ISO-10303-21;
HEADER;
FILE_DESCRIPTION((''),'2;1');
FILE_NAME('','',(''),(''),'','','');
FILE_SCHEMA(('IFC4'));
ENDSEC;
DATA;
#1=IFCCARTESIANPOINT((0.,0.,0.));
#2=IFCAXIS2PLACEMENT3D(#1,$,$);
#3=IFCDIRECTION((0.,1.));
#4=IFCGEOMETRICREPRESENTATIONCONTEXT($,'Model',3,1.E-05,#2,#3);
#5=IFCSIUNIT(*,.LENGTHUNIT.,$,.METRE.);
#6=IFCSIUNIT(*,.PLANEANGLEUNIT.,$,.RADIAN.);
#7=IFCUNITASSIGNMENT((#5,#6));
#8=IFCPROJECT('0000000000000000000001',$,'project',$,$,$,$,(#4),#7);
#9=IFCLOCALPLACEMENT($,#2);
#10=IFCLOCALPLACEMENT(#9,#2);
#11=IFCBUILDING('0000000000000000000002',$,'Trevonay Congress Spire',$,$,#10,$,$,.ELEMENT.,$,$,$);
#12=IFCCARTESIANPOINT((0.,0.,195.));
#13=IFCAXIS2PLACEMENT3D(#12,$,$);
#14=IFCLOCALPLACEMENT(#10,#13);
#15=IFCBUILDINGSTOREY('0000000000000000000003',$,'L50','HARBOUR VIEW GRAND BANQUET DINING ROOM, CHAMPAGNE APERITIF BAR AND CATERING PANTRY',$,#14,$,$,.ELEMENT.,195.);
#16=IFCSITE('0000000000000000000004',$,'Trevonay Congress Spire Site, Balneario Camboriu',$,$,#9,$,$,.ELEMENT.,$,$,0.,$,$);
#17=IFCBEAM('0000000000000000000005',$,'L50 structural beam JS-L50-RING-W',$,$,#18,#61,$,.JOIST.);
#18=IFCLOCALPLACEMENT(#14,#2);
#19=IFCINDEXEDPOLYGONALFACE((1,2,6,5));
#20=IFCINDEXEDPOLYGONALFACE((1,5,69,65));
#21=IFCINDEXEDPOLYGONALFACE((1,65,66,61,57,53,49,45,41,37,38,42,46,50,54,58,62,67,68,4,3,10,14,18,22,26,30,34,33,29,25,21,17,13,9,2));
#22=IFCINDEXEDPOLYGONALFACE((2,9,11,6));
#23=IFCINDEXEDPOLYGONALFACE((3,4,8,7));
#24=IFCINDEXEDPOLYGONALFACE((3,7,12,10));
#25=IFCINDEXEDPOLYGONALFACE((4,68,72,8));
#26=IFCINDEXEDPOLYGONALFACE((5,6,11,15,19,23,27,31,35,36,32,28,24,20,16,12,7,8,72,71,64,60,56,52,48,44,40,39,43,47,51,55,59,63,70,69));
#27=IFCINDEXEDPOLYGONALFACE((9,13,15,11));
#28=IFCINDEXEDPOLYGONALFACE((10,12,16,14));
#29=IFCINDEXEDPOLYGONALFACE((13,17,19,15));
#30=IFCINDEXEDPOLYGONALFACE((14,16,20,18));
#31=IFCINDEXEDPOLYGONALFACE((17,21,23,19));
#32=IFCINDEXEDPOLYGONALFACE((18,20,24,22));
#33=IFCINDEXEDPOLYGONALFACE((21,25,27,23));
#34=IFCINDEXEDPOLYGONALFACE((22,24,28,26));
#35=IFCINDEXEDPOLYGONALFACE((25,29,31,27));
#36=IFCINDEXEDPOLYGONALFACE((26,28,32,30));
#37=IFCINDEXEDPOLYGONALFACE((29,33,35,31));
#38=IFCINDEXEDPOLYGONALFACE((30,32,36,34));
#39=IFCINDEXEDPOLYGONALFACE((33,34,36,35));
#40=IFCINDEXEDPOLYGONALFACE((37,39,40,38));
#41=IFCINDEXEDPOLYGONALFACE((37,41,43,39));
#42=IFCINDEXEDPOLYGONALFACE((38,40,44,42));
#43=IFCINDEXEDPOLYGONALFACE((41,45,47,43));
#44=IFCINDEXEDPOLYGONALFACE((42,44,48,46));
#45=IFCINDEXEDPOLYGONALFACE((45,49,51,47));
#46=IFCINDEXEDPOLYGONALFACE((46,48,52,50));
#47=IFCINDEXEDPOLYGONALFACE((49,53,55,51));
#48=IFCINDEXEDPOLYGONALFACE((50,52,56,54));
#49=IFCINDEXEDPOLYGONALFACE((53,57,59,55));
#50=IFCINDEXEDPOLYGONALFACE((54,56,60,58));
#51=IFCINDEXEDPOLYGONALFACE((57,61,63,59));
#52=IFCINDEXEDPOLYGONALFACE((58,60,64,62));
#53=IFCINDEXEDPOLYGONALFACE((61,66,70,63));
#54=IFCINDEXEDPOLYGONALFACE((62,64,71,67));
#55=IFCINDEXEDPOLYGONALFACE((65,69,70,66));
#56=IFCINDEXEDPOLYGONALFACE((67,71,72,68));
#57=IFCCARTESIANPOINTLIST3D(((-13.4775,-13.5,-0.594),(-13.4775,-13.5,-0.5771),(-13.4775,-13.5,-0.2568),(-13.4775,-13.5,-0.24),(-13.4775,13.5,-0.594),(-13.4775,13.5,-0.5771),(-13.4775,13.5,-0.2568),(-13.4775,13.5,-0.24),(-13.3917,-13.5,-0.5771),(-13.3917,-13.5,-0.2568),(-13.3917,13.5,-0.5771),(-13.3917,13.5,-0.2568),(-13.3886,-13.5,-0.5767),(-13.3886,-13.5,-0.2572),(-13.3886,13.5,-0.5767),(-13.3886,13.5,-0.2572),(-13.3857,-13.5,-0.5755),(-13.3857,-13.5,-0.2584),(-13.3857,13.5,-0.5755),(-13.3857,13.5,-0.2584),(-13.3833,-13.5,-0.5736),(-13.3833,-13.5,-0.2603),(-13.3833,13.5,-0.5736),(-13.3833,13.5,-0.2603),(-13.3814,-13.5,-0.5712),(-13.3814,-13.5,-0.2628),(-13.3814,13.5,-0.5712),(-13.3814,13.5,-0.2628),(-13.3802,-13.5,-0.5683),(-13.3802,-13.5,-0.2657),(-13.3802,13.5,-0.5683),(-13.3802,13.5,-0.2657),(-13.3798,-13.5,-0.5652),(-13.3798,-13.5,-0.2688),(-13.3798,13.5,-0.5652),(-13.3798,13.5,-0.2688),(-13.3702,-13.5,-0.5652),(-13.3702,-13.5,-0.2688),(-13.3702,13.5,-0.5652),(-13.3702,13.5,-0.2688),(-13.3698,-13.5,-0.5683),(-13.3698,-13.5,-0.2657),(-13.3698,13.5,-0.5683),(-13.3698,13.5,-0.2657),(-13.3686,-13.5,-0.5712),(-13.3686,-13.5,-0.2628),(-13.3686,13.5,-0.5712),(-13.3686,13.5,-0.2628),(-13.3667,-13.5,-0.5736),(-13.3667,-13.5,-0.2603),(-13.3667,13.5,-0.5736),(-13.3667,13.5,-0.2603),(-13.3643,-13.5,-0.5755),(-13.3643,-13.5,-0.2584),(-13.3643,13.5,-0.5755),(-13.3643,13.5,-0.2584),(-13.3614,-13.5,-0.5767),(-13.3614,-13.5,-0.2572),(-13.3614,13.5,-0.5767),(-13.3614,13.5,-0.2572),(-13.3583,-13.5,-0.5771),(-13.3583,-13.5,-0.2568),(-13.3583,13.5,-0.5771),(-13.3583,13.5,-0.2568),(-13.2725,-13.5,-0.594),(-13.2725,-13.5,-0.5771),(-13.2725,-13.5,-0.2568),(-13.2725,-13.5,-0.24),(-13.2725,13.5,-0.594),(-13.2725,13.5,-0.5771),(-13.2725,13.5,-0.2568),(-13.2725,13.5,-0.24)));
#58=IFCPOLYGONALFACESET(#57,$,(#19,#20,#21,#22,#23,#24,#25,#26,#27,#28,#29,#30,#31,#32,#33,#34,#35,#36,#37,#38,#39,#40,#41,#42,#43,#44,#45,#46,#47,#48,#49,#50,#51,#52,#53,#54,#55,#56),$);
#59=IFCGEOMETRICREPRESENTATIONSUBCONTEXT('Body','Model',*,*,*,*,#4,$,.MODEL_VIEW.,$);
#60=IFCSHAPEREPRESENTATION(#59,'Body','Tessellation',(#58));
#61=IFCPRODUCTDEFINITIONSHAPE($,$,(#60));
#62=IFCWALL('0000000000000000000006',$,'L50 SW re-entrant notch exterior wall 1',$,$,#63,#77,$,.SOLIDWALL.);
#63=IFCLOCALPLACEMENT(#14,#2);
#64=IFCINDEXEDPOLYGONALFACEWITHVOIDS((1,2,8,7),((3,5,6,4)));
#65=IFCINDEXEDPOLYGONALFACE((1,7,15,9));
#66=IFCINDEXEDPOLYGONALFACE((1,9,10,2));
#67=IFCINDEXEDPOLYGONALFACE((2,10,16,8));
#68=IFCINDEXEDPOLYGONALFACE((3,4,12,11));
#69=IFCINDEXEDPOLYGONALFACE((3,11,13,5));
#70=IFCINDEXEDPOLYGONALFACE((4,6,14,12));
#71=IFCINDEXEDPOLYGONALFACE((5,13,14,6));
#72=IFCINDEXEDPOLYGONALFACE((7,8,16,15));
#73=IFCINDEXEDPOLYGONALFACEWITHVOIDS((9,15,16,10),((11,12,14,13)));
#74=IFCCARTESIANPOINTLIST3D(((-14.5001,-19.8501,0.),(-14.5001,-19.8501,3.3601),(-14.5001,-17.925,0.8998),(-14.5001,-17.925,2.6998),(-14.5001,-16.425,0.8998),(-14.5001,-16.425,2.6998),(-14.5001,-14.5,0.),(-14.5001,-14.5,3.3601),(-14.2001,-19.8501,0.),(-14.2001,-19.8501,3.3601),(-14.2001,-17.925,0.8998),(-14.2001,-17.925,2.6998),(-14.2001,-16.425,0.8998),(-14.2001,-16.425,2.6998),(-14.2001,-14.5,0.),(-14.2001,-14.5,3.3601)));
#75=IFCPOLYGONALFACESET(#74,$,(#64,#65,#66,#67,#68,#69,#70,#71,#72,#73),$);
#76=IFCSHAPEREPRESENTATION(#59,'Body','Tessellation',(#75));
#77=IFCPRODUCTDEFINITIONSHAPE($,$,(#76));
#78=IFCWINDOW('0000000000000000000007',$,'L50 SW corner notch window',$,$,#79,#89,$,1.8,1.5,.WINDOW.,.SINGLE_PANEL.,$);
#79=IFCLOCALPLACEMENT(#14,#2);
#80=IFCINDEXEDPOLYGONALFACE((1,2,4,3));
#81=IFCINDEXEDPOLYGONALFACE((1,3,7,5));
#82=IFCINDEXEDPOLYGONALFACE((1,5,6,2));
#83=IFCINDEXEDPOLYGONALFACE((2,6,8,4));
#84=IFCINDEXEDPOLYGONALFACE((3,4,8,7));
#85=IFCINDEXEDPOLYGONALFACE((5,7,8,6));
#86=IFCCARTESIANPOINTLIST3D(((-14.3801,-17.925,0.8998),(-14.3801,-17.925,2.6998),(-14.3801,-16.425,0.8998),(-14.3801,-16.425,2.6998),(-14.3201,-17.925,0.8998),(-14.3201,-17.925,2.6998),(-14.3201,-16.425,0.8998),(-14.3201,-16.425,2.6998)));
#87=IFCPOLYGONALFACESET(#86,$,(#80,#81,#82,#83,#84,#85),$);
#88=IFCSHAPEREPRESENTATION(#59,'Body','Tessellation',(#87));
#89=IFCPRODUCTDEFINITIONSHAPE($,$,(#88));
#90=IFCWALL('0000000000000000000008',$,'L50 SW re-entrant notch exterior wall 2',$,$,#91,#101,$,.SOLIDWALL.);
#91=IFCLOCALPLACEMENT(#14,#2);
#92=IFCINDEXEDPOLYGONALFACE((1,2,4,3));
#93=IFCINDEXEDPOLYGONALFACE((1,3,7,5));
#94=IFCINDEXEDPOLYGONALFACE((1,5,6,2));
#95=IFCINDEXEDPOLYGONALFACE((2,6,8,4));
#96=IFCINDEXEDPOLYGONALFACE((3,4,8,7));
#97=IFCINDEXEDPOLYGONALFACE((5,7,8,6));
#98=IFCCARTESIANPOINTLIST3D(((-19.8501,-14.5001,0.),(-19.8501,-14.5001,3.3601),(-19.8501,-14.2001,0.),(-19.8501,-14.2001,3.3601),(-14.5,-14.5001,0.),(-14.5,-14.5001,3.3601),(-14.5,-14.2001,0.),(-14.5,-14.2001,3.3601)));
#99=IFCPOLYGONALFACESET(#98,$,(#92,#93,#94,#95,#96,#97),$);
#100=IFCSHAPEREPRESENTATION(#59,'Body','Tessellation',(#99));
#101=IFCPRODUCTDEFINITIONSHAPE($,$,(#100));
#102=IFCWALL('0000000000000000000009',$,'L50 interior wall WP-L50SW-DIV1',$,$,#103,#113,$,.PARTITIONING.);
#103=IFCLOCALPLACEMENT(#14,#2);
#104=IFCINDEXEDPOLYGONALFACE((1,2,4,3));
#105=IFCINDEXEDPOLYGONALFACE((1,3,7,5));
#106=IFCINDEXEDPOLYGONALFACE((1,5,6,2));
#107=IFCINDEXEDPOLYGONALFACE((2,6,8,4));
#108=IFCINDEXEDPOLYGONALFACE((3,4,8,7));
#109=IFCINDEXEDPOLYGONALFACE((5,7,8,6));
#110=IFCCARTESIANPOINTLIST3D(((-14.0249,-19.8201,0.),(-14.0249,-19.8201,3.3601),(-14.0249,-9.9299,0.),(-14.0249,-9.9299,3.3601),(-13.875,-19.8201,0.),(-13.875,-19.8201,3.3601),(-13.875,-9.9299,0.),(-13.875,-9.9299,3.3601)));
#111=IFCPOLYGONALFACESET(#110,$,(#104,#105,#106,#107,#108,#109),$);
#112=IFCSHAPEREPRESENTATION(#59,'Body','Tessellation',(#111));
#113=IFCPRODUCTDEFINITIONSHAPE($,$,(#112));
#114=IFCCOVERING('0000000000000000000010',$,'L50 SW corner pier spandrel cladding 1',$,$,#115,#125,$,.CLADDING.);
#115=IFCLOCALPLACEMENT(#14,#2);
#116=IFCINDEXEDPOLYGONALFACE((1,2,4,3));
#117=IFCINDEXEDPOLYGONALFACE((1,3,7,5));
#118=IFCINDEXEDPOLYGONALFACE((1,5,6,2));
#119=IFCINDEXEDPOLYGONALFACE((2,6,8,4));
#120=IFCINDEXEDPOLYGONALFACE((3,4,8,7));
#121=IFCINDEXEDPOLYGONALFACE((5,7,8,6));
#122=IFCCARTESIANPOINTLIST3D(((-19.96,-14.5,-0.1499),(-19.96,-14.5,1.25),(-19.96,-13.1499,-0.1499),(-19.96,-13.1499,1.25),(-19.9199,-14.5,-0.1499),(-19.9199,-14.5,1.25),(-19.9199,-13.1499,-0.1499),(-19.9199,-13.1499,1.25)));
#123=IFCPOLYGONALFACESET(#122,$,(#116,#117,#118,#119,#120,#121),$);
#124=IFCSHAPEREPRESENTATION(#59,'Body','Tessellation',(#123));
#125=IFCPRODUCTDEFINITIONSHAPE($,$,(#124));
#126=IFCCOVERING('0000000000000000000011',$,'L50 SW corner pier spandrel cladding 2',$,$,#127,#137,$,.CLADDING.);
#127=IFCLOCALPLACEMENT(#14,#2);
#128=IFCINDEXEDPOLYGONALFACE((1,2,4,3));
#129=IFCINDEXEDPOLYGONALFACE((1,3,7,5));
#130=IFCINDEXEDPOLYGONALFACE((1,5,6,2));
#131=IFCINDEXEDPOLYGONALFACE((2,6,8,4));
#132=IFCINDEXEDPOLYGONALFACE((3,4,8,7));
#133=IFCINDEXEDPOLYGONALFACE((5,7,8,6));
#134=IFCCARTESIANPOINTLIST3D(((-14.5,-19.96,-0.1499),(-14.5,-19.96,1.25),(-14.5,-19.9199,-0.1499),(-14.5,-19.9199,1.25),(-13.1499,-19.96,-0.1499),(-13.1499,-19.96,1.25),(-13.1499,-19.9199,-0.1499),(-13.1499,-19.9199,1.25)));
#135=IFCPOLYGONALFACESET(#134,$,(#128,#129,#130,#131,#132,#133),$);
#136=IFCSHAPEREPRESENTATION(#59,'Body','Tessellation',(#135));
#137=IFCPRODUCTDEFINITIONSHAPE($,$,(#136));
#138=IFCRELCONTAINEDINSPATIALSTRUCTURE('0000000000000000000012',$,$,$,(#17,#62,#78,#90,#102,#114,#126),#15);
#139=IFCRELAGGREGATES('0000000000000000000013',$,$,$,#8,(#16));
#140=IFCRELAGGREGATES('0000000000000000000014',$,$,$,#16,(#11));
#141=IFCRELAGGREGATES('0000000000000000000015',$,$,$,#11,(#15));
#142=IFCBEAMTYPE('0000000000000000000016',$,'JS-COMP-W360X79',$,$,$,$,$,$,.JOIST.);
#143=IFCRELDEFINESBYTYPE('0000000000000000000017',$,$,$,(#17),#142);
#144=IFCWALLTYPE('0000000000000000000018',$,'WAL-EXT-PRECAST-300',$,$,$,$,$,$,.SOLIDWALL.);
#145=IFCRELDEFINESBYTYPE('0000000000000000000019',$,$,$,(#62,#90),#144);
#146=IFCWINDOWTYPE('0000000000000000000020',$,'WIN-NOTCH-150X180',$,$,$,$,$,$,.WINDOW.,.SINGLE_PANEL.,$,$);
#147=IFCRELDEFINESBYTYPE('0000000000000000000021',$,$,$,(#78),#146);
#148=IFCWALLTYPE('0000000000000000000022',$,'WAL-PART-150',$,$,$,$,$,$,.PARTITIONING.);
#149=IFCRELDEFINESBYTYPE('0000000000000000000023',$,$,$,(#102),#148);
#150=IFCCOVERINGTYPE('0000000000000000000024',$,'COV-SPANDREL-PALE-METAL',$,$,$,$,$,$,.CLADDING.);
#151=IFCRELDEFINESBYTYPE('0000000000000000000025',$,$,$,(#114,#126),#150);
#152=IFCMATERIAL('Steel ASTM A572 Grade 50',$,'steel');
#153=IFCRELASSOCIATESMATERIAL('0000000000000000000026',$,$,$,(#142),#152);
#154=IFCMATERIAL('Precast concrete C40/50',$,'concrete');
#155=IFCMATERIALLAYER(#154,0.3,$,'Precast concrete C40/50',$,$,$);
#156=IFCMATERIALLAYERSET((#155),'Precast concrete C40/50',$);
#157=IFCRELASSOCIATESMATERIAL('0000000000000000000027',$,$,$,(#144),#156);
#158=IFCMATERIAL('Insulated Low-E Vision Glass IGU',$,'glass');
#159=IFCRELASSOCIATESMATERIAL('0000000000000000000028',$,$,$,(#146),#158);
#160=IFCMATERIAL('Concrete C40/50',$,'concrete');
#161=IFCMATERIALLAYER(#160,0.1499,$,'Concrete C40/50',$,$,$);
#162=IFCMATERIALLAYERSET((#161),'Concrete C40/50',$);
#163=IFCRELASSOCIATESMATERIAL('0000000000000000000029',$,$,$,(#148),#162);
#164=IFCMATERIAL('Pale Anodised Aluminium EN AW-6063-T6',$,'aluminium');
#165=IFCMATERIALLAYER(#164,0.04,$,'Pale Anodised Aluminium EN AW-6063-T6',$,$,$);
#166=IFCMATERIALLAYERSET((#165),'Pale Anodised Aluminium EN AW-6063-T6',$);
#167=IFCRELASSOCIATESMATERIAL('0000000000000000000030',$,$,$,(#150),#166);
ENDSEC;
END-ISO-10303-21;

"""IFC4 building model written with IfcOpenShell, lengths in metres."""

from ifc_helpers import new_model, si_unit, direction, frame, frame_2d, origin, origin_2d, place, context, subcontext, project, spatial, rectangle, i_section, extrude, material, layer, layer_set, material_profile, profile_set, type_object, element, fill, save


model = new_model("IFC4")

# Units and contexts
model_context = context("Model", 3, precision=1e-05, world=origin(), true_north=direction((0.0, 1.0)))
body_context = subcontext(model_context, "Body", "Model", "MODEL_VIEW")
ifc_project = project(units=[si_unit("LENGTHUNIT", "METRE"), si_unit("PLANEANGLEUNIT", "RADIAN")], contexts=[model_context])

# Site, building, storey
site_placement = place(None, origin())
site = spatial("IfcSite", under=ifc_project, at=site_placement, Name="Trevonay Congress Spire Site, Balneario Camboriu", CompositionType="ELEMENT", RefElevation=0.0)
building_placement = place(site_placement, origin())
building = spatial("IfcBuilding", under=site, at=building_placement, Name="Trevonay Congress Spire", CompositionType="ELEMENT")
storey_placement = place(building_placement, frame((0.0, 0.0, 195.0)))
storey = spatial("IfcBuildingStorey", under=building, at=storey_placement, Name="L50", Description="HARBOUR VIEW GRAND BANQUET DINING ROOM, CHAMPAGNE APERITIF BAR AND CATERING PANTRY", CompositionType="ELEMENT", Elevation=195.0)

# Shared definitions
ifc_material_1 = material(Name="Steel ASTM A572 Grade 50", Category="steel")

# Shared definitions
ifc_material_2 = material(Name="Pale Anodised Aluminium EN AW-6063-T6", Category="aluminium")

# Beam
ifc_material_profile_1 = material_profile(ifc_material_1, i_section(OverallWidth=0.2051, OverallDepth=0.354, WebThickness=0.0095, FlangeThickness=0.0168, FilletRadius=0.012, at=origin_2d()), Name="W360x79")
ifc_profile_set_1 = profile_set([ifc_material_profile_1], Name="Steel ASTM A572 Grade 50")
beam_type_1 = type_object("IfcBeamType", Name="JS-COMP-W360X79", PredefinedType="JOIST", material=ifc_profile_set_1)
for number, where, z_axis, x_axis, name in (
    (1, (-13.375, -13.5, -0.417), (0.0, 1.0, 0.0), (-1.0, 0.0, 0.0), "L50 structural beam JS-L50-RING-W"),
):
    element("IfcBeam", number, at=place(storey_placement, frame(where, z_axis=z_axis, x_axis=x_axis)), inside=storey, type_object=beam_type_1, Name=name, PredefinedType="JOIST", context=body_context, shape_type="SweptSolid", body=[
        extrude(i_section(OverallWidth=0.2051, OverallDepth=0.354, WebThickness=0.0095, FlangeThickness=0.0168, FilletRadius=0.012, at=origin_2d()), origin(), (0.0, 0.0, 1.0), 27.0),
    ])

# Wall, opening, window
ifc_material_3 = material(Name="Precast concrete C40/50", Category="concrete")
ifc_layer_1 = layer(ifc_material_3, 0.3, Name="Precast concrete C40/50")
ifc_layer_set_1 = layer_set([ifc_layer_1], Name="Precast concrete C40/50")
wall_type_1 = type_object("IfcWallType", Name="WAL-EXT-PRECAST-300", PredefinedType="SOLIDWALL", material=ifc_layer_set_1)
wall_1_placement = place(storey_placement, frame((-14.3501, -19.8501, 0.0), z_axis=(0.0, 0.0, 1.0), x_axis=(0.0, 1.0, 0.0)))
wall_1 = element("IfcWall", 2, at=wall_1_placement, inside=storey, type_object=wall_type_1, Name="L50 SW re-entrant notch exterior wall 1", PredefinedType="SOLIDWALL", context=body_context, shape_type="SweptSolid", body=[
    extrude(rectangle(XDim=5.3501, YDim=0.3, at=frame_2d((2.675, 0.0))), origin(), (0.0, 0.0, 1.0), 3.3601),
])
opening_placement = place(wall_1_placement, frame((1.925, 0.0, 0.8999)))
opening = element("IfcOpeningElement", 3, at=opening_placement, cuts=wall_1, PredefinedType="OPENING", context=body_context, shape_type="SweptSolid", body=[
    extrude(rectangle(XDim=1.5, YDim=1.8, at=frame_2d((0.75, 0.8999))), frame((0.0, 0.1602, 0.0), z_axis=(0.0, -1.0, 0.0), x_axis=(1.0, 0.0, 0.0)), (0.0, 0.0, 1.0), 0.3201),
])
ifc_material_4 = material(Name="Insulated Low-E Vision Glass IGU", Category="glass")
window_type = type_object("IfcWindowType", Name="WIN-NOTCH-150X180", PartitioningType="SINGLE_PANEL", PredefinedType="WINDOW", material=ifc_material_4)
window_placement = place(opening_placement, origin())
window = element("IfcWindow", 4, at=window_placement, inside=storey, type_object=window_type, Name="L50 SW corner notch window", OverallHeight=1.8, OverallWidth=1.5, PartitioningType="SINGLE_PANEL", PredefinedType="WINDOW", context=body_context, shape_type="SweptSolid", body=[
    extrude(rectangle(XDim=1.5, YDim=1.8, at=frame_2d((0.75, 0.8999))), frame((0.0, 0.03, 0.0), z_axis=(0.0, -1.0, 0.0), x_axis=(1.0, 0.0, 0.0)), (0.0, 0.0, 1.0), 0.0601),
])
fill(opening, window)

# Walls
wall_2_placement = place(storey_placement, frame((-19.8501, -14.3501, 0.0), z_axis=(0.0, 0.0, 1.0), x_axis=(1.0, 0.0, 0.0)))
element("IfcWall", 5, at=wall_2_placement, inside=storey, type_object=wall_type_1, Name="L50 SW re-entrant notch exterior wall 2", PredefinedType="SOLIDWALL", context=body_context, shape_type="SweptSolid", body=[
    extrude(rectangle(XDim=5.3501, YDim=0.3, at=frame_2d((2.675, 0.0))), origin(), (0.0, 0.0, 1.0), 3.3601),
])
ifc_material_5 = material(Name="Concrete C40/50", Category="concrete")
ifc_layer_2 = layer(ifc_material_5, 0.1499, Name="Concrete C40/50")
ifc_layer_set_2 = layer_set([ifc_layer_2], Name="Concrete C40/50")
wall_type_2 = type_object("IfcWallType", Name="WAL-PART-150", PredefinedType="PARTITIONING", material=ifc_layer_set_2)
wall_3_placement = place(storey_placement, frame((-13.95, -19.8201, 0.0), z_axis=(0.0, 0.0, 1.0), x_axis=(0.0, 1.0, 0.0)))
element("IfcWall", 6, at=wall_3_placement, inside=storey, type_object=wall_type_2, Name="L50 interior wall WP-L50SW-DIV1", PredefinedType="PARTITIONING", context=body_context, shape_type="SweptSolid", body=[
    extrude(rectangle(XDim=9.8901, YDim=0.1499, at=frame_2d((4.9451, 0.0))), origin(), (0.0, 0.0, 1.0), 3.3601),
])

# Coverings
ifc_layer_3 = layer(ifc_material_2, 0.04, Name="Pale Anodised Aluminium EN AW-6063-T6")
ifc_layer_set_3 = layer_set([ifc_layer_3], Name="Pale Anodised Aluminium EN AW-6063-T6")
covering_type = type_object("IfcCoveringType", Name="COV-SPANDREL-PALE-METAL", PredefinedType="CLADDING", material=ifc_layer_set_3)
for number, where, z_axis, x_axis, name in (
    (7, (-19.9399, -13.1499, -0.1499), (0.0, 0.0, 1.0), (0.0, -1.0, 0.0), "L50 SW corner pier spandrel cladding 1"),
    (8, (-13.1499, -19.9399, -0.1499), (0.0, 0.0, 1.0), (-1.0, 0.0, 0.0), "L50 SW corner pier spandrel cladding 2"),
):
    element("IfcCovering", number, at=place(storey_placement, frame(where, z_axis=z_axis, x_axis=x_axis)), inside=storey, type_object=covering_type, Name=name, PredefinedType="CLADDING", context=body_context, shape_type="SweptSolid", body=[
        extrude(rectangle(XDim=1.3501, YDim=0.04, at=frame_2d((0.675, 0.0))), origin(), (0.0, 0.0, 1.0), 1.3999),
    ])

save(model, "model.ifc")
